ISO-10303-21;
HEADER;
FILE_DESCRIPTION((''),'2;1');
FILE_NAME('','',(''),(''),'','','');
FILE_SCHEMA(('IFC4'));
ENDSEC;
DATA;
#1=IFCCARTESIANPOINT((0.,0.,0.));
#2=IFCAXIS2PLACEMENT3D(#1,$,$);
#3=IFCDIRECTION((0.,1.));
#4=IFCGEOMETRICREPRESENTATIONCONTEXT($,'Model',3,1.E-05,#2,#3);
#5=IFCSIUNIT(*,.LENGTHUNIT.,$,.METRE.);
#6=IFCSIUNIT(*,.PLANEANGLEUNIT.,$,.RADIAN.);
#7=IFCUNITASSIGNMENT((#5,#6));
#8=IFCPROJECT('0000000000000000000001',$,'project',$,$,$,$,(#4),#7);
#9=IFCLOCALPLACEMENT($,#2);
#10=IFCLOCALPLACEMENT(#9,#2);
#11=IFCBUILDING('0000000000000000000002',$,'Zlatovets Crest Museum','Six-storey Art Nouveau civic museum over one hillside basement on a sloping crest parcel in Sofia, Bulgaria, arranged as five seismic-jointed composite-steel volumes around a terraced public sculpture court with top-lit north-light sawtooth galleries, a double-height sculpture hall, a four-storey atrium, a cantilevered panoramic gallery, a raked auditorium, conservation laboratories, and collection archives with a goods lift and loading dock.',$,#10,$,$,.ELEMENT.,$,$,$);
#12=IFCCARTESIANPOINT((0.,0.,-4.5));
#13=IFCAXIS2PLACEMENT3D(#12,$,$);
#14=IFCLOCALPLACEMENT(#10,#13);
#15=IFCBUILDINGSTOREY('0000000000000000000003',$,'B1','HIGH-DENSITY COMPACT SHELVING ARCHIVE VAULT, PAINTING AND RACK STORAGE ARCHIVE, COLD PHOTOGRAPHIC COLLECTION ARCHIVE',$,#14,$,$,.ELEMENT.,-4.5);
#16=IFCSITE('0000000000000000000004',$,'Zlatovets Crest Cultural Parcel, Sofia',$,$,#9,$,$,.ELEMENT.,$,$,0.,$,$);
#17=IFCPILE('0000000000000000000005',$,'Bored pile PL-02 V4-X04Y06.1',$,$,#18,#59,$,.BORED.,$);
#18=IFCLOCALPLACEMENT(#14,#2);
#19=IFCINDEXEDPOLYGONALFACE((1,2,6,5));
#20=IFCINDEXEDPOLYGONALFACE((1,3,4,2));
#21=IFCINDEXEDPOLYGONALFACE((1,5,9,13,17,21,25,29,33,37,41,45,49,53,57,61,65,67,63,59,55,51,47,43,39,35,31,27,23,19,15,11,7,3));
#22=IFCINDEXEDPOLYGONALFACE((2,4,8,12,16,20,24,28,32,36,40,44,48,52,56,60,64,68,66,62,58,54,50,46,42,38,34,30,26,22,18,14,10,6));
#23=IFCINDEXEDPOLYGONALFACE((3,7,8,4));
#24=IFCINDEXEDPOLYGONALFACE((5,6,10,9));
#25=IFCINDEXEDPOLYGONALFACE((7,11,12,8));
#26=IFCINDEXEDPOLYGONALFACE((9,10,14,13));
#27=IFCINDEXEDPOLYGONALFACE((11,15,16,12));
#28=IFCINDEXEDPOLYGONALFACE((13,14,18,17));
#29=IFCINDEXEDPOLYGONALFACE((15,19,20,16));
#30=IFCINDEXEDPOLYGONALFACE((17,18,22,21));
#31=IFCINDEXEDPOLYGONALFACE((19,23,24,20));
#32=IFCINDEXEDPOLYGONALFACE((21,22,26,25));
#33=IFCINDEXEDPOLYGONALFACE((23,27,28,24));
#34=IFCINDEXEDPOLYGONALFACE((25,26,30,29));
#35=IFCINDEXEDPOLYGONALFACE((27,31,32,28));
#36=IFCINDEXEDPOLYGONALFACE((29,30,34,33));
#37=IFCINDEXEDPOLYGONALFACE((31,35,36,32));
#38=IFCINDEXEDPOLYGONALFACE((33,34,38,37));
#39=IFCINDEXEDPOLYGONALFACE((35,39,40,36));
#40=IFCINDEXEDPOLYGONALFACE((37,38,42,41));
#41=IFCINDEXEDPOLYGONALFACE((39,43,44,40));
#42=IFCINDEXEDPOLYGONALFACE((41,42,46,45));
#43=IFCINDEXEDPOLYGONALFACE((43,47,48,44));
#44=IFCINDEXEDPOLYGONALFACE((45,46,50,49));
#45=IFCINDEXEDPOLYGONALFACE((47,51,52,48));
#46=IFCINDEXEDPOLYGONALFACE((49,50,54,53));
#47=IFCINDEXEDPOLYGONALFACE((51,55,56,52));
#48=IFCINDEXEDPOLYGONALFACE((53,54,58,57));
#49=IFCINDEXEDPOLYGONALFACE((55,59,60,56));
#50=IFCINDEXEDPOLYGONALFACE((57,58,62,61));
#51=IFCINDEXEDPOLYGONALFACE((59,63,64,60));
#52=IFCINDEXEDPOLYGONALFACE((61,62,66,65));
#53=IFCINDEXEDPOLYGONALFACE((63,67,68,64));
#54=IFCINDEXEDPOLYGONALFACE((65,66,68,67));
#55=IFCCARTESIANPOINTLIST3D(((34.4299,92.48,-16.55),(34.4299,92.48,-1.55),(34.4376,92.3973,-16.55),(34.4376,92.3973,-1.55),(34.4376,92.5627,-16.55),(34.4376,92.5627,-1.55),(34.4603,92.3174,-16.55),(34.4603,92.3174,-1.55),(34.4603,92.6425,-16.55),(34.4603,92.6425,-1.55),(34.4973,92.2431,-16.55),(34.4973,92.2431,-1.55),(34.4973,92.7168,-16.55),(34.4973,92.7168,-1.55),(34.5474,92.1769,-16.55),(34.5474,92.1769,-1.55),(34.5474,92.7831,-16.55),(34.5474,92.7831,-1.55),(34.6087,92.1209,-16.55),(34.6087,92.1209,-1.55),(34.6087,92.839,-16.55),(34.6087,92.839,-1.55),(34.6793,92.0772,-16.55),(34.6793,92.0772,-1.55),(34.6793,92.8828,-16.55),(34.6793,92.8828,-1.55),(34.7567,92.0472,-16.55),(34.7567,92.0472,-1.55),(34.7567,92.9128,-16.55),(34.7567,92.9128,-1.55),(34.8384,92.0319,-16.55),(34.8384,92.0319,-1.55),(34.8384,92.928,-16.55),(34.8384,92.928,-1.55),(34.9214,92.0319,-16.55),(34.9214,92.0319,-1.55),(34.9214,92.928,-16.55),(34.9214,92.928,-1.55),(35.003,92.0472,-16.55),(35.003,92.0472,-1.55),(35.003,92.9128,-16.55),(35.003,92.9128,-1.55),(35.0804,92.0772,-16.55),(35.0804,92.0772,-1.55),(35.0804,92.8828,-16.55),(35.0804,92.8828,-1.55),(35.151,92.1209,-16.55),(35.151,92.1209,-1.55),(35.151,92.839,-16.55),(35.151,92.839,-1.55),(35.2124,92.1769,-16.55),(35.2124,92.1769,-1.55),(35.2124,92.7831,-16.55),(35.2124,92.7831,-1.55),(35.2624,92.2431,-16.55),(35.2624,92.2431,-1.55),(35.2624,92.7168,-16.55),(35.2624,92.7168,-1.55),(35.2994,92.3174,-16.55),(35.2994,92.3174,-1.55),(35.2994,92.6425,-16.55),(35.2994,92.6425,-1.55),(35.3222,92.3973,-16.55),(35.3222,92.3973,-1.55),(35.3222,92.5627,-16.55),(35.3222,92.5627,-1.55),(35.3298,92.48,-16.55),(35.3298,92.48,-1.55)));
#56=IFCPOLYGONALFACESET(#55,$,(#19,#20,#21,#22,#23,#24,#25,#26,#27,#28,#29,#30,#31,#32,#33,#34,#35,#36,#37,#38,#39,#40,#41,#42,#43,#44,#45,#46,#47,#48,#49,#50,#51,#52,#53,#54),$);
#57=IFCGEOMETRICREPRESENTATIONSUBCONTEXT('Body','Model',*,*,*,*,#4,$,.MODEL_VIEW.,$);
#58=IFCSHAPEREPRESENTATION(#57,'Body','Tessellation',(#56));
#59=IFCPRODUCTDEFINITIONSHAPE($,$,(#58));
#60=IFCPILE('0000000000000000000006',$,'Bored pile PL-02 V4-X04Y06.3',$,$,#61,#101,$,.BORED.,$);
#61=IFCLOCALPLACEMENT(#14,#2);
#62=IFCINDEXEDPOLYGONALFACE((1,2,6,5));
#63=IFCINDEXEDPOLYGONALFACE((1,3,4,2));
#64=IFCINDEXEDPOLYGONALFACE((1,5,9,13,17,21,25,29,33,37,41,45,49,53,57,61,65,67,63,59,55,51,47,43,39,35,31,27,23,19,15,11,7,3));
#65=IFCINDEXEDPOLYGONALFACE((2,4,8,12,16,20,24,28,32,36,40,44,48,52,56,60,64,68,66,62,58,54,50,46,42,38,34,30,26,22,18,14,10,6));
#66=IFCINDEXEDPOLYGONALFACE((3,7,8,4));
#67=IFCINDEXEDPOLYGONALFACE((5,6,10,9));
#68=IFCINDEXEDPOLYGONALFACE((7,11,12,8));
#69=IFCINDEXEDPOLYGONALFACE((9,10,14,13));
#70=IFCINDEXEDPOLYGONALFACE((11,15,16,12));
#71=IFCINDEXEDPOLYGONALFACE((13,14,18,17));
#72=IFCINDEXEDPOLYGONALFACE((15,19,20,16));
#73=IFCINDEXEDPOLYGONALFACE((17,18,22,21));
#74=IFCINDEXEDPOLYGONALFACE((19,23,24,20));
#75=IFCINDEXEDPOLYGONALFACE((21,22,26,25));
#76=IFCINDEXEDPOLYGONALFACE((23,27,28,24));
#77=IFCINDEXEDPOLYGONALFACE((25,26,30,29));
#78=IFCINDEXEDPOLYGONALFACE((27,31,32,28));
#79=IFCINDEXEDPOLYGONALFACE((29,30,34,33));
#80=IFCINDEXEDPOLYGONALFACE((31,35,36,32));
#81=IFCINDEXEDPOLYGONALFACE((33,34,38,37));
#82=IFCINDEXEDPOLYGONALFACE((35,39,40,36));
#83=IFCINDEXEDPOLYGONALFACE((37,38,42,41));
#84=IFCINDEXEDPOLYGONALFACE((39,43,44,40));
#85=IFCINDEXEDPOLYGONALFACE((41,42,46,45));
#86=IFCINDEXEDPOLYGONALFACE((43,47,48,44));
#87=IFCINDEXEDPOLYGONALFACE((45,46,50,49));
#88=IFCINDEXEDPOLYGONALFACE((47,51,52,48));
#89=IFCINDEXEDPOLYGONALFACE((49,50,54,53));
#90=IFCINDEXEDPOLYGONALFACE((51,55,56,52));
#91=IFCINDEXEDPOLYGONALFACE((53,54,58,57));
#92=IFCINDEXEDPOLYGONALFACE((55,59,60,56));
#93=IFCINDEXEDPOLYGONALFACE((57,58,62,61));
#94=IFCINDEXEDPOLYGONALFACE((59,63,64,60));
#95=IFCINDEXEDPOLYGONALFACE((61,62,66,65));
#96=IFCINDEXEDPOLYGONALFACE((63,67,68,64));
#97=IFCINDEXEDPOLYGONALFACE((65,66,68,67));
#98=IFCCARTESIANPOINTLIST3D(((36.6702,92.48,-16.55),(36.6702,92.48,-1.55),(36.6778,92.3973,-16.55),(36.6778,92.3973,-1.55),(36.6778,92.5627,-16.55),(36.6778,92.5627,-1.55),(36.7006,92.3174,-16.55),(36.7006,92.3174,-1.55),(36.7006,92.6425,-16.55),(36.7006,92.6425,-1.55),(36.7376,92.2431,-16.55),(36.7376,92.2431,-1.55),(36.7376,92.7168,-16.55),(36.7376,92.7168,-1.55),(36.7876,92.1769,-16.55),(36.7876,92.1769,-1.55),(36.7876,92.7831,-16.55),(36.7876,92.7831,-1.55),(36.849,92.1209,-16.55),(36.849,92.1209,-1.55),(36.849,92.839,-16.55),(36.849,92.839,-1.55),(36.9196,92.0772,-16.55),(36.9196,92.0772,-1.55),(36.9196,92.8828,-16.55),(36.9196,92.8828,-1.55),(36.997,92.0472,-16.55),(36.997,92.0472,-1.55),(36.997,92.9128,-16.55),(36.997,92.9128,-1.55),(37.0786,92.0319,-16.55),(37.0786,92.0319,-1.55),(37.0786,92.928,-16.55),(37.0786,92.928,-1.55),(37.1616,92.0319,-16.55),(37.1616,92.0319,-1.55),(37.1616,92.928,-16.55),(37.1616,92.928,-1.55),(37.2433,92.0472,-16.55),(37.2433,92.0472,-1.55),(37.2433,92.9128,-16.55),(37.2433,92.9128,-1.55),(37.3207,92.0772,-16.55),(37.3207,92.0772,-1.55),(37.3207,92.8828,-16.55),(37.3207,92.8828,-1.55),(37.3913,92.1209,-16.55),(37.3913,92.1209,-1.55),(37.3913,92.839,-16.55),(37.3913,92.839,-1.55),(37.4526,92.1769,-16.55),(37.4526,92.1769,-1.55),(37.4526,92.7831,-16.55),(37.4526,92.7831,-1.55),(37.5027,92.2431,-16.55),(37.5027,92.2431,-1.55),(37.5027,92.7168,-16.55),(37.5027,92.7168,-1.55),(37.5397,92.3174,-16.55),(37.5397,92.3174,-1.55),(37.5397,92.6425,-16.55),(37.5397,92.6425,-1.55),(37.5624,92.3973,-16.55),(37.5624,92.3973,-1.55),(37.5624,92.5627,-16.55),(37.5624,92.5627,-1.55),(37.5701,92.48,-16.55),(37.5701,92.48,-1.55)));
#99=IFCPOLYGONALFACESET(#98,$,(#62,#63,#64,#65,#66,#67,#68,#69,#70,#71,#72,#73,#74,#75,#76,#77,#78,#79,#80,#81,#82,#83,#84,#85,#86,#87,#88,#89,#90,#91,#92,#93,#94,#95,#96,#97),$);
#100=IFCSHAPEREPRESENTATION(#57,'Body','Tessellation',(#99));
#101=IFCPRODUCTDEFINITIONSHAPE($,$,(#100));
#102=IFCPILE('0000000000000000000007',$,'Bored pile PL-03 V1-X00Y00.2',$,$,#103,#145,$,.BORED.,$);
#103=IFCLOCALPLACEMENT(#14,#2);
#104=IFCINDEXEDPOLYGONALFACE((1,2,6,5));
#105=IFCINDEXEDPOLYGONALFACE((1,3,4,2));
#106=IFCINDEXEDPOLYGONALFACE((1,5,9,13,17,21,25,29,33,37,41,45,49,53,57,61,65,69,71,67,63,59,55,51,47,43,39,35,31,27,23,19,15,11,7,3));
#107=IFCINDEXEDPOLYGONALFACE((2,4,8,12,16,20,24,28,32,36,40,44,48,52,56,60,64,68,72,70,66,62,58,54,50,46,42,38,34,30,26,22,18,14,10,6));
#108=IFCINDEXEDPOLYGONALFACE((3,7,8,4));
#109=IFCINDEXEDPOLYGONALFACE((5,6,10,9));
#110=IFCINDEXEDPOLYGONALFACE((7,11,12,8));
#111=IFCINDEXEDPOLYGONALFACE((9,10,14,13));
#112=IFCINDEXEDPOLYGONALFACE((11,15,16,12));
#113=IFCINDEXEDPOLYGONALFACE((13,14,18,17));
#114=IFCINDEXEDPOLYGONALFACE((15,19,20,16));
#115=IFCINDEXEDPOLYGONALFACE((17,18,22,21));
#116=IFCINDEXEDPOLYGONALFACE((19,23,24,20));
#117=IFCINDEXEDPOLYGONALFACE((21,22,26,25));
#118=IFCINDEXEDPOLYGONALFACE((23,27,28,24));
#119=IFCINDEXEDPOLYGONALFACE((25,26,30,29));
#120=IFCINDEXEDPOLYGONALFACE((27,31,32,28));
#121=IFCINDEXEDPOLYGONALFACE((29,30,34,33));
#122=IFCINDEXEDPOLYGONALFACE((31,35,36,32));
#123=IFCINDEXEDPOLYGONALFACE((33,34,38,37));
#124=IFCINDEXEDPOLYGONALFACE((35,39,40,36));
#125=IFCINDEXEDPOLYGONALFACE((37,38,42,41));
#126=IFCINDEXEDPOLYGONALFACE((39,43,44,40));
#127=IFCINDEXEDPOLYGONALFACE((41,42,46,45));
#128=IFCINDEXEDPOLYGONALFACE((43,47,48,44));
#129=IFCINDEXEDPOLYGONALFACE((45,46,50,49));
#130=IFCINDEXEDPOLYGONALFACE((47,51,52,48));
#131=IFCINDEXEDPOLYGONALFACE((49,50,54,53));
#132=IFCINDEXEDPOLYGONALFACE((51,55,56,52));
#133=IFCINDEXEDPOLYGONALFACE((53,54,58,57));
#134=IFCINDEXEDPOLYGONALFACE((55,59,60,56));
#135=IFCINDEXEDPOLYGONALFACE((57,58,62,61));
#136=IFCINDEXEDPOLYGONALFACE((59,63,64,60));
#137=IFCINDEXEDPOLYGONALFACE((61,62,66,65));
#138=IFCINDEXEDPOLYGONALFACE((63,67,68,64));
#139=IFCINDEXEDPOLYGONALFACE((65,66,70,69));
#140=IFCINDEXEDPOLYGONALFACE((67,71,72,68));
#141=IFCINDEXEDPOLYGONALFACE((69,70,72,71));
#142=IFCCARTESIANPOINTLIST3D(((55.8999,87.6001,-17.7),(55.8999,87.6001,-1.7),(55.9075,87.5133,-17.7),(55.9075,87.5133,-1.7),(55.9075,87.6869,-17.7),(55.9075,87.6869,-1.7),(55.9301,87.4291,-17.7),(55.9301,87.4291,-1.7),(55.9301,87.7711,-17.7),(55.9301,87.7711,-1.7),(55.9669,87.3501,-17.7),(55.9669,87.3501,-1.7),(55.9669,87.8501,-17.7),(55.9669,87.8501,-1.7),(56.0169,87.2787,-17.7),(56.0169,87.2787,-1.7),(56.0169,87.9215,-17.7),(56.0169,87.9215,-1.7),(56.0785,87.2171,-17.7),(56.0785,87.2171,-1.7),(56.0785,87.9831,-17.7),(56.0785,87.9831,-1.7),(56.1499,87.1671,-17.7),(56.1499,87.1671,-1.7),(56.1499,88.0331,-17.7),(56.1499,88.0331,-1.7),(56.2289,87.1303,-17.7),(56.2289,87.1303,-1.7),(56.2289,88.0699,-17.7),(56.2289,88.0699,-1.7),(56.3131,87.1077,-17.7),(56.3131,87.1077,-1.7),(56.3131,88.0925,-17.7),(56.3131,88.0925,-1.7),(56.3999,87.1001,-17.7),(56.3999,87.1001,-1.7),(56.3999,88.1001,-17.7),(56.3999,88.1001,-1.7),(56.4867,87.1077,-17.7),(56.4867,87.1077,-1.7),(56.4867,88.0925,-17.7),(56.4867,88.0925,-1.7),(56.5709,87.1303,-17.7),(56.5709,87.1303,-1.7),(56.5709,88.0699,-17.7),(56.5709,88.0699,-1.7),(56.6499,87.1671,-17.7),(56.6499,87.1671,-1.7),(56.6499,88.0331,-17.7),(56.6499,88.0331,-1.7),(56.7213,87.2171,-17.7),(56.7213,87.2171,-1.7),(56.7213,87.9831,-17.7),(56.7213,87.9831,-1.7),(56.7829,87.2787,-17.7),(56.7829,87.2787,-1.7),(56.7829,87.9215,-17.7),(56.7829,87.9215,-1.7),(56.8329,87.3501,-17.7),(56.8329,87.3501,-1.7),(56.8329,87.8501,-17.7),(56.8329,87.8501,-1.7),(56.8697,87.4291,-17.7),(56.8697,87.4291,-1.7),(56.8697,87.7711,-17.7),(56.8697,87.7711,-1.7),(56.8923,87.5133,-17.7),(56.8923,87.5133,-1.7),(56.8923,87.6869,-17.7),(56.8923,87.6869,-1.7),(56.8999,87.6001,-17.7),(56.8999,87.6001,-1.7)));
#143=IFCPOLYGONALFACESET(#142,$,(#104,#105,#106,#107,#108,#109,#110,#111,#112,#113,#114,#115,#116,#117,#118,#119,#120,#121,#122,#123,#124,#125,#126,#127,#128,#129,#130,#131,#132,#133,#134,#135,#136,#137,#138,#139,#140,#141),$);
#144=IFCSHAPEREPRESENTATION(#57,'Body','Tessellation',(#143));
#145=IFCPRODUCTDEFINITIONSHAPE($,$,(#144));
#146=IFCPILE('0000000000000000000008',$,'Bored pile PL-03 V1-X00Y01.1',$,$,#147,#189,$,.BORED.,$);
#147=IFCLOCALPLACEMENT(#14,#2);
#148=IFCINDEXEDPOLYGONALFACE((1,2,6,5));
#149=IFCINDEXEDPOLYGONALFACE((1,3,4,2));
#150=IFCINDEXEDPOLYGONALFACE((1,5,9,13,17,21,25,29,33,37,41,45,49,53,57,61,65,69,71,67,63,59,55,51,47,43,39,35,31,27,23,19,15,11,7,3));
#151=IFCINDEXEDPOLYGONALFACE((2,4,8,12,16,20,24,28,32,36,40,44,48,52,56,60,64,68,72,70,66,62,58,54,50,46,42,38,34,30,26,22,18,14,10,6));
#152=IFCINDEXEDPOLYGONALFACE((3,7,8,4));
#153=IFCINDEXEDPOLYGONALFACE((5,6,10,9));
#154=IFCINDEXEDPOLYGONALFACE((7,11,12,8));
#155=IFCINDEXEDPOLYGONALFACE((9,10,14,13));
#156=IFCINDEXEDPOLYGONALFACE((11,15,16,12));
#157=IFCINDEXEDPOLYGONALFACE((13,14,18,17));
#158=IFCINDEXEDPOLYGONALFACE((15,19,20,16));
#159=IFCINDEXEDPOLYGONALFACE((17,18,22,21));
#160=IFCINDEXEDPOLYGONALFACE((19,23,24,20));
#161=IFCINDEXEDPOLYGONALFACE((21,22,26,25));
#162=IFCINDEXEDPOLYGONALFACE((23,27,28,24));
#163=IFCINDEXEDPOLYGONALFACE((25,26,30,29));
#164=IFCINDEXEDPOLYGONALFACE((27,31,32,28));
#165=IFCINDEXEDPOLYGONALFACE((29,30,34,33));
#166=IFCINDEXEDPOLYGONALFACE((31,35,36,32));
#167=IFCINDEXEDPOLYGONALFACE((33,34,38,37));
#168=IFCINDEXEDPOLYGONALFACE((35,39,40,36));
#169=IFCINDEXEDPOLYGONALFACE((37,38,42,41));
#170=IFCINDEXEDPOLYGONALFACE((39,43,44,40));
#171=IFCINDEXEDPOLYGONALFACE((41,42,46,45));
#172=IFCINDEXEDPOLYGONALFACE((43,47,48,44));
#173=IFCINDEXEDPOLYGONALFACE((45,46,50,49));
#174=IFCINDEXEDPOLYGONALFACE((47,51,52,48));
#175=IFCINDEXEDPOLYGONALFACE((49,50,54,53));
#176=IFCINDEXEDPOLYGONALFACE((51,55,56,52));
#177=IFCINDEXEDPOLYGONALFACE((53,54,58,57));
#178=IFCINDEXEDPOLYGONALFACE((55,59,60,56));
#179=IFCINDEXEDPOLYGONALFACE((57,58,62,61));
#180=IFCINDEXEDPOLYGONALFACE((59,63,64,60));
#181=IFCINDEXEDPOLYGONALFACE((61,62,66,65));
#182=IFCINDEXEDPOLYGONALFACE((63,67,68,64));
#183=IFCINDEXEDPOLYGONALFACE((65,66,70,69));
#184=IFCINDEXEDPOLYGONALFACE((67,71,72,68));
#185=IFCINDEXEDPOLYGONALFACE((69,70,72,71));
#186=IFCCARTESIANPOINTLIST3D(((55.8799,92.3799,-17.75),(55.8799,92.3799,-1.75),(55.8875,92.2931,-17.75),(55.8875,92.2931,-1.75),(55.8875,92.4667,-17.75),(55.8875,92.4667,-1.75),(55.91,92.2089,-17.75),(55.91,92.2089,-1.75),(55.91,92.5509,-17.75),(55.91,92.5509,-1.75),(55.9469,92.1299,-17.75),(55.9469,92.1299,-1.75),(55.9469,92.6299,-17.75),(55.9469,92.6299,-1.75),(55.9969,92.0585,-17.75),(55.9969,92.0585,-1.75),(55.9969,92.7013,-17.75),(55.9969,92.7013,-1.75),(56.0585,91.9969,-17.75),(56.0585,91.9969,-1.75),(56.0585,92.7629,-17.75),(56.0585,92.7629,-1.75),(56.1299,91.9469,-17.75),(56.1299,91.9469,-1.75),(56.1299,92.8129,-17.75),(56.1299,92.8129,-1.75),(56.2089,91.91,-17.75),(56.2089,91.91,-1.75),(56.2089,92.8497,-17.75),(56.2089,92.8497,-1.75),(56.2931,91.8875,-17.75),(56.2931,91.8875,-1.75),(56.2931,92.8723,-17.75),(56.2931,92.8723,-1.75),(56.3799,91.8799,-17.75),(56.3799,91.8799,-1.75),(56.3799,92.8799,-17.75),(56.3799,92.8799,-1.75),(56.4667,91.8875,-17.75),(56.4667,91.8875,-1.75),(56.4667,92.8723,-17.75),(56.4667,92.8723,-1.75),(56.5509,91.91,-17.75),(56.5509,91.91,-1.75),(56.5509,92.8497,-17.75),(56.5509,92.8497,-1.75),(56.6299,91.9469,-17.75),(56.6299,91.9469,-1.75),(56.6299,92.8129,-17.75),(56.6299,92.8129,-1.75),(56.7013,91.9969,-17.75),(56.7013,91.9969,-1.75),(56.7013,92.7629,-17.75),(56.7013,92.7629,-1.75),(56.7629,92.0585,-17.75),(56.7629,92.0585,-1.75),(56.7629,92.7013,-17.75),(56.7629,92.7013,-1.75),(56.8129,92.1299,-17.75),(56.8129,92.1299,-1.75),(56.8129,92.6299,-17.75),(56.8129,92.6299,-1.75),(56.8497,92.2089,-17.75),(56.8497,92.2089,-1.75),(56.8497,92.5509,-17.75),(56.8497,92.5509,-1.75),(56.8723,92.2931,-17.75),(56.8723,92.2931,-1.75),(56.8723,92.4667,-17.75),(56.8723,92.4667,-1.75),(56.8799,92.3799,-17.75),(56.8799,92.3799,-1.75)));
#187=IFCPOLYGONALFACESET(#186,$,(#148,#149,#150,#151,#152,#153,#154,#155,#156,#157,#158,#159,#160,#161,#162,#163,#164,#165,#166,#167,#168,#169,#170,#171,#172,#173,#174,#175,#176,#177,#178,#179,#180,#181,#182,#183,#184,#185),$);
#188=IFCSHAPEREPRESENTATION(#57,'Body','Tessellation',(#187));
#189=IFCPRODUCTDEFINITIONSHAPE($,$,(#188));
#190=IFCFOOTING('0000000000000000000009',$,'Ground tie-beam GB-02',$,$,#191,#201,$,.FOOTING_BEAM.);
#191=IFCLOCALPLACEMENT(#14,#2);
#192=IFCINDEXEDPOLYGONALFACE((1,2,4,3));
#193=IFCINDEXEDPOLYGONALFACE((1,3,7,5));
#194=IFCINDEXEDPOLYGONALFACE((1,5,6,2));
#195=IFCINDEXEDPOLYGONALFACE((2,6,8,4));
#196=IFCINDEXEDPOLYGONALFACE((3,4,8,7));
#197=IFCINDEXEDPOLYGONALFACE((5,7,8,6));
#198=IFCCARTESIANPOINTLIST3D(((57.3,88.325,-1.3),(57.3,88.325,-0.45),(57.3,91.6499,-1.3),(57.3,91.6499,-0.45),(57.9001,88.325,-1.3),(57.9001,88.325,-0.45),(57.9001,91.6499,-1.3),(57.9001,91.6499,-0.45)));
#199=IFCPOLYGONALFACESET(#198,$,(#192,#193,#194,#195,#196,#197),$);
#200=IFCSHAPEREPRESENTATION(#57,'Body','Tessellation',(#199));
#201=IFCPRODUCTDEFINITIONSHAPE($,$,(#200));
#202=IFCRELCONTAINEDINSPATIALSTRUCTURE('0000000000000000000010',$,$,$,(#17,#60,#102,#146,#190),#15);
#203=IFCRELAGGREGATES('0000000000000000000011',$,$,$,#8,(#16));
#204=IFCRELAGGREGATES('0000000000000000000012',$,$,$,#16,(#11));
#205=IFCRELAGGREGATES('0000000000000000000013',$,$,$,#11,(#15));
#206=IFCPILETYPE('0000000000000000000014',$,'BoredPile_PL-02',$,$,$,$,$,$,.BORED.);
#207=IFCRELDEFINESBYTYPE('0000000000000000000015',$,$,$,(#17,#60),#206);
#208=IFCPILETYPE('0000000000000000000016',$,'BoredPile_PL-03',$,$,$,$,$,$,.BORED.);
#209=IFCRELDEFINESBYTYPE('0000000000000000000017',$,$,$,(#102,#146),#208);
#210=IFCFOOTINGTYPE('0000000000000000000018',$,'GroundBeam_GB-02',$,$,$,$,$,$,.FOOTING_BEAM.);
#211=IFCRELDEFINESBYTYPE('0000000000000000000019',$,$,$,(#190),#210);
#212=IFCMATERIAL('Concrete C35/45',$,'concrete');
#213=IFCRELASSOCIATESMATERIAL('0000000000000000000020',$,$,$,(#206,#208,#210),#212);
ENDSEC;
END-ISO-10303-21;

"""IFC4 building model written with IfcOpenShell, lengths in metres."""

from ifc_helpers import new_model, si_unit, direction, frame, origin, origin_2d, place, context, subcontext, project, spatial, rectangle, circle, extrude, material, material_profile, profile_set, type_object, element, save


model = new_model("IFC4")

# Units and contexts
model_context = context("Model", 3, precision=1e-05, world=origin(), true_north=direction((0.0, 1.0)))
body_context = subcontext(model_context, "Body", "Model", "MODEL_VIEW")
ifc_project = project(units=[si_unit("LENGTHUNIT", "METRE"), si_unit("PLANEANGLEUNIT", "RADIAN")], contexts=[model_context])

# Site, building, storey
site_placement = place(None, origin())
site = spatial("IfcSite", under=ifc_project, at=site_placement, Name="Zlatovets Crest Cultural Parcel, Sofia", CompositionType="ELEMENT", RefElevation=0.0)
building_placement = place(site_placement, origin())
building = spatial("IfcBuilding", under=site, at=building_placement, Name="Zlatovets Crest Museum", Description="Six-storey Art Nouveau civic museum over one hillside basement on a sloping crest parcel in Sofia, Bulgaria, arranged as five seismic-jointed composite-steel volumes around a terraced public sculpture court with top-lit north-light sawtooth galleries, a double-height sculpture hall, a four-storey atrium, a cantilevered panoramic gallery, a raked auditorium, conservation laboratories, and collection archives with a goods lift and loading dock.", CompositionType="ELEMENT")
storey_placement = place(building_placement, frame((0.0, 0.0, -4.5)))
storey = spatial("IfcBuildingStorey", under=building, at=storey_placement, Name="B1", Description="HIGH-DENSITY COMPACT SHELVING ARCHIVE VAULT, PAINTING AND RACK STORAGE ARCHIVE, COLD PHOTOGRAPHIC COLLECTION ARCHIVE", CompositionType="ELEMENT", Elevation=-4.5)

# Piles
ifc_material_1 = material(Name="Concrete C35/45", Category="concrete")
ifc_material_profile_1 = material_profile(ifc_material_1, circle(Radius=0.45, at=origin_2d()), Name="PILE D900")
ifc_profile_set_1 = profile_set([ifc_material_profile_1], Name="Concrete C35/45")
pile_type_1 = type_object("IfcPileType", Name="BoredPile_PL-02", PredefinedType="BORED", material=ifc_profile_set_1)
for number, where, z_axis, x_axis, name in (
    (1, (34.8799, 92.48, -1.55), (0.0, 0.0, -1.0), (1.0, 0.0, 0.0), "Bored pile PL-02 V4-X04Y06.1"),
    (2, (37.1201, 92.48, -1.55), (0.0, 0.0, -1.0), (1.0, 0.0, 0.0), "Bored pile PL-02 V4-X04Y06.3"),
):
    element("IfcPile", number, at=place(storey_placement, frame(where, z_axis=z_axis, x_axis=x_axis)), inside=storey, type_object=pile_type_1, Name=name, PredefinedType="BORED", context=body_context, shape_type="SweptSolid", body=[
        extrude(circle(Radius=0.45, at=origin_2d()), origin(), (0.0, 0.0, 1.0), 15.0),
    ])
ifc_material_profile_2 = material_profile(ifc_material_1, circle(Radius=0.5, at=origin_2d()), Name="PILE D1000")
ifc_profile_set_2 = profile_set([ifc_material_profile_2], Name="Concrete C35/45")
pile_type_2 = type_object("IfcPileType", Name="BoredPile_PL-03", PredefinedType="BORED", material=ifc_profile_set_2)
for number, where, z_axis, x_axis, name in (
    (3, (56.3999, 87.6001, -1.7), (0.0, 0.0, -1.0), (1.0, 0.0, 0.0), "Bored pile PL-03 V1-X00Y00.2"),
    (4, (56.3799, 92.3799, -1.75), (0.0, 0.0, -1.0), (1.0, 0.0, 0.0), "Bored pile PL-03 V1-X00Y01.1"),
):
    element("IfcPile", number, at=place(storey_placement, frame(where, z_axis=z_axis, x_axis=x_axis)), inside=storey, type_object=pile_type_2, Name=name, PredefinedType="BORED", context=body_context, shape_type="SweptSolid", body=[
        extrude(circle(Radius=0.5, at=origin_2d()), origin(), (0.0, 0.0, 1.0), 16.0),
    ])

# Footing
ifc_material_profile_3 = material_profile(ifc_material_1, rectangle(XDim=0.6001, YDim=0.8501, at=origin_2d()), Name="RC 600x850")
ifc_profile_set_3 = profile_set([ifc_material_profile_3], Name="Concrete C35/45")
footing_type_1 = type_object("IfcFootingType", Name="GroundBeam_GB-02", PredefinedType="FOOTING_BEAM", material=ifc_profile_set_3)
footing_1_placement = place(storey_placement, frame((57.6001, 88.325, -0.875), z_axis=(0.0, 1.0, 0.0), x_axis=(-1.0, 0.0, 0.0)))
element("IfcFooting", 5, at=footing_1_placement, inside=storey, type_object=footing_type_1, Name="Ground tie-beam GB-02", PredefinedType="FOOTING_BEAM", context=body_context, shape_type="SweptSolid", body=[
    extrude(rectangle(XDim=0.6001, YDim=0.8501, at=origin_2d()), origin(), (0.0, 0.0, 1.0), 3.325),
])

save(model, "model.ifc")
